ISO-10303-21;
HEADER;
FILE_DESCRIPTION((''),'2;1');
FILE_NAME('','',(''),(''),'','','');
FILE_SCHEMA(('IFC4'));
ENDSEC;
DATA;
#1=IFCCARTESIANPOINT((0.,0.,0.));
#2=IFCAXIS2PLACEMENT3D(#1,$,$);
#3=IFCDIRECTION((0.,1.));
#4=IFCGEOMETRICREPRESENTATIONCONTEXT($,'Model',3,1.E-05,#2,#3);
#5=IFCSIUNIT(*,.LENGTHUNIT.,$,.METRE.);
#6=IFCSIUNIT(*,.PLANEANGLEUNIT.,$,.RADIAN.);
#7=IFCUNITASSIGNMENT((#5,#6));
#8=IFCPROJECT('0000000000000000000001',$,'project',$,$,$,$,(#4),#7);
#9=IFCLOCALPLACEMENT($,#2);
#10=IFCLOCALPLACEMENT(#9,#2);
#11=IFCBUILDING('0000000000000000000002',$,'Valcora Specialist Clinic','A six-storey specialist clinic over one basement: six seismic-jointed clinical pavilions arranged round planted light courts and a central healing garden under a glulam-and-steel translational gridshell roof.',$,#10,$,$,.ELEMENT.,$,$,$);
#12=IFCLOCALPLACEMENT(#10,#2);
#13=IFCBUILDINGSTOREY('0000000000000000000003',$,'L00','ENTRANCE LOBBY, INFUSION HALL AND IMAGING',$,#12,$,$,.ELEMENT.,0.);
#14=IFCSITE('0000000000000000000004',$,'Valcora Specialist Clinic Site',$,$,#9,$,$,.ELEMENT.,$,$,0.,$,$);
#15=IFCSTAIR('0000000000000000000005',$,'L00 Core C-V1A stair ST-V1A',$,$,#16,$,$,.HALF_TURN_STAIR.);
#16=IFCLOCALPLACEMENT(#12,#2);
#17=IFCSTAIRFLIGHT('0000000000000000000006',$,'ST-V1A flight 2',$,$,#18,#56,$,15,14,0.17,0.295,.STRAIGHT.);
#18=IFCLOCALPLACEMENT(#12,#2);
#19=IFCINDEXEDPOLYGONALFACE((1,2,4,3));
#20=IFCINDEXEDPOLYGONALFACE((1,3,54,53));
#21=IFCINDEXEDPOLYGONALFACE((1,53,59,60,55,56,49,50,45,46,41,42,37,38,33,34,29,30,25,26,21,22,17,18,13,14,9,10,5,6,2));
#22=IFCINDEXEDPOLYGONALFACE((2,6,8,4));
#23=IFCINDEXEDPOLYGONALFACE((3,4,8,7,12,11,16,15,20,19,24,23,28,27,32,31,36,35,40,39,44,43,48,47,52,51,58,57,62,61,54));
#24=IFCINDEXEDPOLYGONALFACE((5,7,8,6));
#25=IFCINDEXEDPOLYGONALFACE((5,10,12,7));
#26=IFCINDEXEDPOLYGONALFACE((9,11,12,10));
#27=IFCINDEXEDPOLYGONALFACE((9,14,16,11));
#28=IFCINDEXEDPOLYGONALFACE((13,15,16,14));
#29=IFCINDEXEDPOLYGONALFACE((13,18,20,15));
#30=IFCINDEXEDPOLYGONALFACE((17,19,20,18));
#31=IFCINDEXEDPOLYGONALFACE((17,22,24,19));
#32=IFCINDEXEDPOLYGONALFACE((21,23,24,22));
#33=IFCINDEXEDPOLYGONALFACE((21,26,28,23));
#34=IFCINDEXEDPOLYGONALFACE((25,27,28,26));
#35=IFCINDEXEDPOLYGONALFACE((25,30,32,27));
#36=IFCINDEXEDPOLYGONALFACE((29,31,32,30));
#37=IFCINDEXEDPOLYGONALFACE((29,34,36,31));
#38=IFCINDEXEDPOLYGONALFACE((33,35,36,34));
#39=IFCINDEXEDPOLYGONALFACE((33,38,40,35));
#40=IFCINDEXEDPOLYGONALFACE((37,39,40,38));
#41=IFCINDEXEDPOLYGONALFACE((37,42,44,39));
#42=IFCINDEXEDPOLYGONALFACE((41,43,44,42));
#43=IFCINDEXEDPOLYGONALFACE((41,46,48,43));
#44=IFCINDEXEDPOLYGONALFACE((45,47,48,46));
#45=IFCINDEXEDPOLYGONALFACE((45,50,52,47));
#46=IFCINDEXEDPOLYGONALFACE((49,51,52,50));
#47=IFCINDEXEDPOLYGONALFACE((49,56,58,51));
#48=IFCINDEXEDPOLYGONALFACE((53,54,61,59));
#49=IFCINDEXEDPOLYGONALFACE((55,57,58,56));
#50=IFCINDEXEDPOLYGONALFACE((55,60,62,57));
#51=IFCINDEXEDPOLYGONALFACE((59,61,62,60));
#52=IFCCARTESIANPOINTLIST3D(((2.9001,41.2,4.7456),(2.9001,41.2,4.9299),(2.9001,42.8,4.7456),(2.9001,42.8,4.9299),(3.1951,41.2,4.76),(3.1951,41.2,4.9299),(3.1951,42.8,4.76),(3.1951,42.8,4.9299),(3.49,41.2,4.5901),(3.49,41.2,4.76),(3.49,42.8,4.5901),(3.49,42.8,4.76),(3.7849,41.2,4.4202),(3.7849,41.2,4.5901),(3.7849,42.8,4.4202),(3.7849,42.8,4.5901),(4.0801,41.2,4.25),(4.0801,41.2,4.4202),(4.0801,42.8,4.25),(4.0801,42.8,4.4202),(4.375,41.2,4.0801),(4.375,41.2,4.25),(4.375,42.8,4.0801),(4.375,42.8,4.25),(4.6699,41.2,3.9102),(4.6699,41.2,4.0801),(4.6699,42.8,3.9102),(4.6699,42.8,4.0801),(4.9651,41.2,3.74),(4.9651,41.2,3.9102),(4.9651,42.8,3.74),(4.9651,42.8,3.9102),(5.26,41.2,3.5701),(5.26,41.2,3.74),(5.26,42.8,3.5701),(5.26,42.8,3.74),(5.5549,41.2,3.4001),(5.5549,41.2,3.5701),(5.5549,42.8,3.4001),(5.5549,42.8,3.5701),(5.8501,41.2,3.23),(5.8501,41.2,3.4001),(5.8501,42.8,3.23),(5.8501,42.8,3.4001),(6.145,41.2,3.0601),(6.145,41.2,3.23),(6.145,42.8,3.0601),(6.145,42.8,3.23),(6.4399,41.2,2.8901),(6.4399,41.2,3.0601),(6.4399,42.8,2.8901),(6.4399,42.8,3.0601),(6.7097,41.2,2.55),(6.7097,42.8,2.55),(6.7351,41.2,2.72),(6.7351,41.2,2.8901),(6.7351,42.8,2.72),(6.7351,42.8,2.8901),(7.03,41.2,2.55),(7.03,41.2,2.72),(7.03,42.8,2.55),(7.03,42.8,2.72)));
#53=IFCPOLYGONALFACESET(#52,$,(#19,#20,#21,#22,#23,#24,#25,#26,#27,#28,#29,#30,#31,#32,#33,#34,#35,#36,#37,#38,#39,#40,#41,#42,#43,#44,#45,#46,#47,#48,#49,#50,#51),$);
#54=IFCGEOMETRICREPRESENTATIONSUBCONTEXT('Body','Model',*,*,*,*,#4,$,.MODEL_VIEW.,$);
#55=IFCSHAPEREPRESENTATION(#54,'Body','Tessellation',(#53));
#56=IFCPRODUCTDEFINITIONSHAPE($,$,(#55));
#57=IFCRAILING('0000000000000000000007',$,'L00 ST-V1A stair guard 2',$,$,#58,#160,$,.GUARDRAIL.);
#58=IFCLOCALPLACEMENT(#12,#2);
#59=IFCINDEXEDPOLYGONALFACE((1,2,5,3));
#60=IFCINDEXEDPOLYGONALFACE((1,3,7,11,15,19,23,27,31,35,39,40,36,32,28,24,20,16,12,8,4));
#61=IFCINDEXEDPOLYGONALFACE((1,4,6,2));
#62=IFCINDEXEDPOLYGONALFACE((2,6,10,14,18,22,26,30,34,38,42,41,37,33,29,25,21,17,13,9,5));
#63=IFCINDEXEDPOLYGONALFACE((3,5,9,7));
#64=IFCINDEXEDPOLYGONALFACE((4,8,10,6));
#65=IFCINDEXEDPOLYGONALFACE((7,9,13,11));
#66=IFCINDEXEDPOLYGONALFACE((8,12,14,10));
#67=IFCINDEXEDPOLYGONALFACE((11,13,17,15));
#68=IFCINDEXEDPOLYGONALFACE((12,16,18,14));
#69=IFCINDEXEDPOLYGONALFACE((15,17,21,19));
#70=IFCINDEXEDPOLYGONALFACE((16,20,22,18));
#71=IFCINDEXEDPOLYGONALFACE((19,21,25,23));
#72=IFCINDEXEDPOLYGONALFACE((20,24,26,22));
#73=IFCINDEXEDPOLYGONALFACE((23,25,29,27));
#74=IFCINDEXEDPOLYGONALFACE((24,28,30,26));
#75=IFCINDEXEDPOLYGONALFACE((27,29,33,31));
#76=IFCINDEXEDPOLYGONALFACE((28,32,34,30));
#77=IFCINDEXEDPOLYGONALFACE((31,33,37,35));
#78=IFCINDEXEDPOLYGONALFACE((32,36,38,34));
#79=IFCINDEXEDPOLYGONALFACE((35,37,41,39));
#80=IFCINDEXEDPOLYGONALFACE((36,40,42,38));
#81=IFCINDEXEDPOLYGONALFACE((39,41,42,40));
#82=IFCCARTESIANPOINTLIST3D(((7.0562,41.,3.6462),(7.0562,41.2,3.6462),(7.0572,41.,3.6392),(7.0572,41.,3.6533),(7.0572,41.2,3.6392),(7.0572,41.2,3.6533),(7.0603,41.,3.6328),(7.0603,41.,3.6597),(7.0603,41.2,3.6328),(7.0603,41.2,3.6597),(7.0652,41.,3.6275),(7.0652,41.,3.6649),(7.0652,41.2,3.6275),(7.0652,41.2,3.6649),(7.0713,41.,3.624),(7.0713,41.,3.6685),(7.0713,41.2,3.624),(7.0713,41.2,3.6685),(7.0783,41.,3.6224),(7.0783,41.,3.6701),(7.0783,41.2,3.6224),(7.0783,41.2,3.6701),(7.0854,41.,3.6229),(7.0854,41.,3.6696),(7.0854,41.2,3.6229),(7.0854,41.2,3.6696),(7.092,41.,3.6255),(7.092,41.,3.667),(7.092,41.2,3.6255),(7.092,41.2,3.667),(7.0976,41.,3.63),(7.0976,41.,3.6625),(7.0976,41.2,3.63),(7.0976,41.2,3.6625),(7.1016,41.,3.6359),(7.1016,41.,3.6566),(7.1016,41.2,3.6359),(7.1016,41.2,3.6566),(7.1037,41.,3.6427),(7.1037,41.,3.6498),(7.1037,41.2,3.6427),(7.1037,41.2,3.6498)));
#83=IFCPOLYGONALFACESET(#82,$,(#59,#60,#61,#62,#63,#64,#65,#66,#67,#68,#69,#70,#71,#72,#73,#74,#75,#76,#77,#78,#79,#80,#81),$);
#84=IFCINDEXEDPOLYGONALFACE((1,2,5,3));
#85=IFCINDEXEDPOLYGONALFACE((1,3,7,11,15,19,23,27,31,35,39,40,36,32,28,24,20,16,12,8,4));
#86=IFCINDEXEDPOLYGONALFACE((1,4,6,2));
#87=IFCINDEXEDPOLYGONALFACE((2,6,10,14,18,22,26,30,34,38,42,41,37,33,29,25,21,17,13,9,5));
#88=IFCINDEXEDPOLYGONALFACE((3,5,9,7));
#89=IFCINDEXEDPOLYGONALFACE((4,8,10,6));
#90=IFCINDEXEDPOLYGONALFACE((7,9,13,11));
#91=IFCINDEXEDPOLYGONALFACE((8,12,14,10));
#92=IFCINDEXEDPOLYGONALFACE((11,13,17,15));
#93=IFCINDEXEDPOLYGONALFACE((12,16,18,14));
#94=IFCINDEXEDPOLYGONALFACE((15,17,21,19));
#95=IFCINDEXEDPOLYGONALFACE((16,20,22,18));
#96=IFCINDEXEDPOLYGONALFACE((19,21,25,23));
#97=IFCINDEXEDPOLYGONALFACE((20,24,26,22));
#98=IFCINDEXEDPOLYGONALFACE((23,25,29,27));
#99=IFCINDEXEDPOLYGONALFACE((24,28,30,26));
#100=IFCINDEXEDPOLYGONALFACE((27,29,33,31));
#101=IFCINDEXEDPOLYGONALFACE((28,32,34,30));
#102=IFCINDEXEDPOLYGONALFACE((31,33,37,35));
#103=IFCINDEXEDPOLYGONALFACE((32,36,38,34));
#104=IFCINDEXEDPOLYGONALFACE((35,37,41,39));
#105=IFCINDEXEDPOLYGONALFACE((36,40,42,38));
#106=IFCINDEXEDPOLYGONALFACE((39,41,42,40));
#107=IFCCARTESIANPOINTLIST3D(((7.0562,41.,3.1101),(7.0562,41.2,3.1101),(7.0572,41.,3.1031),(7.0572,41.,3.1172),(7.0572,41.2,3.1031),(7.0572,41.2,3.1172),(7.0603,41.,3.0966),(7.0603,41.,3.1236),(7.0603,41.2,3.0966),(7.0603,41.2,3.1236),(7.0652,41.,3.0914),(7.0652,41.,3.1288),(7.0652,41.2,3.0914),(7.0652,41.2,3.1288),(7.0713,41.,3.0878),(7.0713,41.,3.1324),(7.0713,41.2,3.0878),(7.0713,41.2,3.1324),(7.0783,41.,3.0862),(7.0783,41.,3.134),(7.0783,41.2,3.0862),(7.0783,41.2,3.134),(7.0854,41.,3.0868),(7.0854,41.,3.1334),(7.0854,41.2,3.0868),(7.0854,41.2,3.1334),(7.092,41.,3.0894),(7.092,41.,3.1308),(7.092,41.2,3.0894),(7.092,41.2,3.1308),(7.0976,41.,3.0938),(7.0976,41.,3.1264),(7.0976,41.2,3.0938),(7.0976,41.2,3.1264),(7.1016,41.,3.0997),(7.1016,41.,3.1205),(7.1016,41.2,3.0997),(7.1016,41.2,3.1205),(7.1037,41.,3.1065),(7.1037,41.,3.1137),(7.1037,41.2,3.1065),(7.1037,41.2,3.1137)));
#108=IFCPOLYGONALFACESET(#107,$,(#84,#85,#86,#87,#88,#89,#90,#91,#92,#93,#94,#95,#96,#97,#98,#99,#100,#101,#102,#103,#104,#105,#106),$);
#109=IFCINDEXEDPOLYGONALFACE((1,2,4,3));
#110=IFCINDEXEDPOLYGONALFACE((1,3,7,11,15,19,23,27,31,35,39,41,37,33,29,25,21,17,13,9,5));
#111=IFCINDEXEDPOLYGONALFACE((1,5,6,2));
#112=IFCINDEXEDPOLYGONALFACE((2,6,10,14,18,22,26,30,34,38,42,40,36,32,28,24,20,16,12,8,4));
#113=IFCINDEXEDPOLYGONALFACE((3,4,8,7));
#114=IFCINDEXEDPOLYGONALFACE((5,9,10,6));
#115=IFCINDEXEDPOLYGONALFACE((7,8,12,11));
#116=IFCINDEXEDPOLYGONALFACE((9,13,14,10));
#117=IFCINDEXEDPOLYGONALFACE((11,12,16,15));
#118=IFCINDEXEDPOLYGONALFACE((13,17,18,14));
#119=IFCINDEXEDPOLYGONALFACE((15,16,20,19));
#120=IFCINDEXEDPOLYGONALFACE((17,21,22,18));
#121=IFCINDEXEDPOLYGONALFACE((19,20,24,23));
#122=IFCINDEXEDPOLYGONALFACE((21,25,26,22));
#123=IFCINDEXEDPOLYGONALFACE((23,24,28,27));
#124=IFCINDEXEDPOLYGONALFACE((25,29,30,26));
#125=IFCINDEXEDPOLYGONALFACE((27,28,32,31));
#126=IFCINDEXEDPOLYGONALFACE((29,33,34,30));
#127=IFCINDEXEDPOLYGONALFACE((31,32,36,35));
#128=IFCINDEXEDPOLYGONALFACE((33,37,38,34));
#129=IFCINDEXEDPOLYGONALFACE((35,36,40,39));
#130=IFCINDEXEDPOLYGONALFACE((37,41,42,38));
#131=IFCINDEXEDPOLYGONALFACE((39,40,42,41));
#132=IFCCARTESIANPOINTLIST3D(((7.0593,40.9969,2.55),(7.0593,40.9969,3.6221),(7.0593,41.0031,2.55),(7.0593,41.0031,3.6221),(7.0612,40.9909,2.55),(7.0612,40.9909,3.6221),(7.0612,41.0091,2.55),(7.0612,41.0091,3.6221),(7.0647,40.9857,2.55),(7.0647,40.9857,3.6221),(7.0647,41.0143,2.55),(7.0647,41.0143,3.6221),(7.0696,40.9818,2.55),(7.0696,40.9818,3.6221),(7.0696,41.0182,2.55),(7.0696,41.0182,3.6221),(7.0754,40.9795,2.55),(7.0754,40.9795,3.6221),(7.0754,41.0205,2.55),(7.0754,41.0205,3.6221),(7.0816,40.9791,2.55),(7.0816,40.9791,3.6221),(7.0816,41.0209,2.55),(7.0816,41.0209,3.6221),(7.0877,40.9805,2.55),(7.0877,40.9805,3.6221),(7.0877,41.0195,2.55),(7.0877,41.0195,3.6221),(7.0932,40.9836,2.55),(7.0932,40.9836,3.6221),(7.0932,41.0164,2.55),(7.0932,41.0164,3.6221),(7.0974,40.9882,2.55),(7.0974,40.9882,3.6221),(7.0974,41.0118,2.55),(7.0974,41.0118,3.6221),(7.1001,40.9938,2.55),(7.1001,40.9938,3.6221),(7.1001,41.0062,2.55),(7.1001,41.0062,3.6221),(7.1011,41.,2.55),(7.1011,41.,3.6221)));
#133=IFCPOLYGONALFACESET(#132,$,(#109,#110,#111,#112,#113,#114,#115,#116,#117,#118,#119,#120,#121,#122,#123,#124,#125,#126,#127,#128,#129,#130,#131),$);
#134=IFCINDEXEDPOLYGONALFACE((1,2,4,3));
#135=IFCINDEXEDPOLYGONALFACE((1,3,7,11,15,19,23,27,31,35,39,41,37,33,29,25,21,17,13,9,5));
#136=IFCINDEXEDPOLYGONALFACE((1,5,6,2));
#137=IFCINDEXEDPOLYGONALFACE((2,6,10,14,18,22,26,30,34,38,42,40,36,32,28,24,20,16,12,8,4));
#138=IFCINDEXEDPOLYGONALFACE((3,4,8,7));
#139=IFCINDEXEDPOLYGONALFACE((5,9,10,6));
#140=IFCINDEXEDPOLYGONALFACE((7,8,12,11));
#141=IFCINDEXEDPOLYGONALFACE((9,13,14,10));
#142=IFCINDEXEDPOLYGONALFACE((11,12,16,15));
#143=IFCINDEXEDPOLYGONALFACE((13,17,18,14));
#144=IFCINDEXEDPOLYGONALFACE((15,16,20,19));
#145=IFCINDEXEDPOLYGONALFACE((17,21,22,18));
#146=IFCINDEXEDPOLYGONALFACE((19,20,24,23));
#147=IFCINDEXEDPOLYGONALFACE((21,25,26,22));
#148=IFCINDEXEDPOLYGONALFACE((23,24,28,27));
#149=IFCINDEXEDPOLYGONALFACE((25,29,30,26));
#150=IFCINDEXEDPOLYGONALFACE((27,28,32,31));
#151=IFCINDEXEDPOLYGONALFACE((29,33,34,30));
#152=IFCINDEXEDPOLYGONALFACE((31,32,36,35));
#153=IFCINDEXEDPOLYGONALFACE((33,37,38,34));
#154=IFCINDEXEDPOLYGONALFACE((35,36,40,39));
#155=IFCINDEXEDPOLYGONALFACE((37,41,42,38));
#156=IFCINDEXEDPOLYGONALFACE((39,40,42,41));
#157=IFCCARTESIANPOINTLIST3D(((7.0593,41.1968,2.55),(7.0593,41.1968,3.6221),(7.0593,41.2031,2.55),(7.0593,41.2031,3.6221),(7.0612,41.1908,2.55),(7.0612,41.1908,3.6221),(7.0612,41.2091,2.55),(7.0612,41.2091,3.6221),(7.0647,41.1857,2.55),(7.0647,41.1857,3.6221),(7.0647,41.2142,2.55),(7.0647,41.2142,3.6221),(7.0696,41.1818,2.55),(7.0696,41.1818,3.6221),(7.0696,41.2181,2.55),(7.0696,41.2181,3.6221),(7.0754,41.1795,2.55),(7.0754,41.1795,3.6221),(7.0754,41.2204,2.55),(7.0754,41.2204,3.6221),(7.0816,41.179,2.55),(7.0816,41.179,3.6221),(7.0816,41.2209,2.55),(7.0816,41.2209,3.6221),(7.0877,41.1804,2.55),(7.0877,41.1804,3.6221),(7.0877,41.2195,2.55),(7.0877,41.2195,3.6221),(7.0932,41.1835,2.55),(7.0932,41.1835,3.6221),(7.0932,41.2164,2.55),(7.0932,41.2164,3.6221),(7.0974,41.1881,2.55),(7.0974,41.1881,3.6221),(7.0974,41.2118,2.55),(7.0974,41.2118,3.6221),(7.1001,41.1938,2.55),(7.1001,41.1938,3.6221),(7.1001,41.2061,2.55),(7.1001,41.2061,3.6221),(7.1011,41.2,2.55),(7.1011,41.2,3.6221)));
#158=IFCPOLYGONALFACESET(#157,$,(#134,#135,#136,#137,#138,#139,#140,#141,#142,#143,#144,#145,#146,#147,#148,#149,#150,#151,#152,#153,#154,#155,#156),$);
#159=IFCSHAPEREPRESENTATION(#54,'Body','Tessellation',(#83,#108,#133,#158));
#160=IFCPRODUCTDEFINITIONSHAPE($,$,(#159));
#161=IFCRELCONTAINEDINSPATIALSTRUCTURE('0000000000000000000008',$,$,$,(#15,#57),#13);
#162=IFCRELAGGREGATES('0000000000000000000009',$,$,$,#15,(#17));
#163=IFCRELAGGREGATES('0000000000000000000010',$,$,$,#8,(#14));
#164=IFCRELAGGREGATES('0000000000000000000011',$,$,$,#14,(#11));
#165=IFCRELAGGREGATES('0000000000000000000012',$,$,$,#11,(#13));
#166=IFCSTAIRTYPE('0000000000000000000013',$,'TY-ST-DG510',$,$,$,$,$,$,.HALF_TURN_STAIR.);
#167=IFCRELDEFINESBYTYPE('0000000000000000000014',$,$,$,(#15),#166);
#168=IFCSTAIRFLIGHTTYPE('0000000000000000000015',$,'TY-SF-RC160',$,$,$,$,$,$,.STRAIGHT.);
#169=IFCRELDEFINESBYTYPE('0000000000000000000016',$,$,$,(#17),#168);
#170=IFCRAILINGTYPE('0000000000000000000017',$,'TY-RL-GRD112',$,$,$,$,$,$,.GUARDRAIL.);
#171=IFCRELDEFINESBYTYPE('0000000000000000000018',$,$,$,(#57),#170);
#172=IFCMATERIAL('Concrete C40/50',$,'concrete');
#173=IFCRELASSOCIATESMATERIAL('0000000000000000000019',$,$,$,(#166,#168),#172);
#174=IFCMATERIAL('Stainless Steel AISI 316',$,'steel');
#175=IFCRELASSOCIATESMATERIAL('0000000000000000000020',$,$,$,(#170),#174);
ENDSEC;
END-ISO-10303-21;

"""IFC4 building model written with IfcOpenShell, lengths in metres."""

from ifc_helpers import new_model, si_unit, direction, frame, origin, origin_2d, place, context, subcontext, project, spatial, polyline, circle, outline, extrude, material, type_object, element, aggregate, save


model = new_model("IFC4")

# Units and contexts
model_context = context("Model", 3, precision=1e-05, world=origin(), true_north=direction((0.0, 1.0)))
body_context = subcontext(model_context, "Body", "Model", "MODEL_VIEW")
ifc_project = project(units=[si_unit("LENGTHUNIT", "METRE"), si_unit("PLANEANGLEUNIT", "RADIAN")], contexts=[model_context])

# Site, building, storey
site_placement = place(None, origin())
site = spatial("IfcSite", under=ifc_project, at=site_placement, Name="Valcora Specialist Clinic Site", CompositionType="ELEMENT", RefElevation=0.0)
building_placement = place(site_placement, origin())
building = spatial("IfcBuilding", under=site, at=building_placement, Name="Valcora Specialist Clinic", Description="A six-storey specialist clinic over one basement: six seismic-jointed clinical pavilions arranged round planted light courts and a central healing garden under a glulam-and-steel translational gridshell roof.", CompositionType="ELEMENT")
storey_placement = place(building_placement, origin())
storey = spatial("IfcBuildingStorey", under=building, at=storey_placement, Name="L00", Description="ENTRANCE LOBBY, INFUSION HALL AND IMAGING", CompositionType="ELEMENT", Elevation=0.0)

# Shared definitions
ifc_material_1 = material(Name="Concrete C40/50", Category="concrete")

# Stair, stair flight
stair_type = type_object("IfcStairType", Name="TY-ST-DG510", PredefinedType="HALF_TURN_STAIR", material=ifc_material_1)
stair_placement = place(storey_placement, origin())
stair = element("IfcStair", 1, at=stair_placement, inside=storey, type_object=stair_type, Name="L00 Core C-V1A stair ST-V1A", PredefinedType="HALF_TURN_STAIR")
stair_flight_type = type_object("IfcStairFlightType", Name="TY-SF-RC160", PredefinedType="STRAIGHT", material=ifc_material_1)
stair_flight_1_placement = place(storey_placement, frame((7.03, 42.0, 2.55), z_axis=(0.0, 0.0, 1.0), x_axis=(-1.0, 0.0, 0.0)))
stair_flight_1 = element("IfcStairFlight", 2, at=stair_flight_1_placement, type_object=stair_flight_type, Name="ST-V1A flight 2", NumberOfRisers=15, NumberOfTreads=14, PredefinedType="STRAIGHT", RiserHeight=0.17, TreadLength=0.295, context=body_context, shape_type="SweptSolid", body=[
    extrude(outline(polyline([(0.0, 0.0), (0.0, 0.1699), (0.2949, 0.1699), (0.2949, 0.3401), (0.5901, 0.3401), (0.5901, 0.51), (0.885, 0.51), (0.885, 0.6799), (1.1799, 0.6799), (1.1799, 0.8501), (1.4751, 0.8501), (1.4751, 1.02), (1.77, 1.02), (1.77, 1.1899), (2.0649, 1.1899), (2.0649, 1.3601), (2.3601, 1.3601), (2.3601, 1.53), (2.655, 1.53), (2.655, 1.7), (2.95, 1.7), (2.95, 1.8701), (3.2451, 1.8701), (3.2451, 2.04), (3.54, 2.04), (3.54, 2.21), (3.835, 2.21), (3.835, 2.3799), (4.1299, 2.3799), (4.1299, 2.55), (4.1299, 2.1956), (0.3203, 0.0), (0.0, 0.0)])), frame((0.0, 0.8, 0.0), z_axis=(0.0, -1.0, 0.0), x_axis=(1.0, 0.0, 0.0)), (0.0, 0.0, 1.0), 1.6001),
])
aggregate(stair, [stair_flight_1])

# Railing
ifc_material_2 = material(Name="Stainless Steel AISI 316", Category="steel")
railing_type_1 = type_object("IfcRailingType", Name="TY-RL-GRD112", PredefinedType="GUARDRAIL", material=ifc_material_2)
railing_1_placement = place(storey_placement, frame((7.0801, 41.0, 2.55)))
element("IfcRailing", 3, at=railing_1_placement, inside=storey, type_object=railing_type_1, Name="L00 ST-V1A stair guard 2", PredefinedType="GUARDRAIL", context=body_context, shape_type="SweptSolid", body=[
    extrude(circle(Radius=0.0239, at=origin_2d()), frame((0.0, 0.0, 1.0962), z_axis=(0.0, 1.0, 0.0), x_axis=(-1.0, 0.0, 0.0)), (0.0, 0.0, 1.0), 0.2),
    extrude(circle(Radius=0.0239, at=origin_2d()), frame((0.0, 0.0, 0.5601), z_axis=(0.0, 1.0, 0.0), x_axis=(-1.0, 0.0, 0.0)), (0.0, 0.0, 1.0), 0.2),
    extrude(circle(Radius=0.021, at=origin_2d()), origin(), (0.0, 0.0, 1.0), 1.072),
    extrude(circle(Radius=0.021, at=origin_2d()), frame((0.0, 0.2, 0.0)), (0.0, 0.0, 1.0), 1.072),
])

save(model, "model.ifc")
